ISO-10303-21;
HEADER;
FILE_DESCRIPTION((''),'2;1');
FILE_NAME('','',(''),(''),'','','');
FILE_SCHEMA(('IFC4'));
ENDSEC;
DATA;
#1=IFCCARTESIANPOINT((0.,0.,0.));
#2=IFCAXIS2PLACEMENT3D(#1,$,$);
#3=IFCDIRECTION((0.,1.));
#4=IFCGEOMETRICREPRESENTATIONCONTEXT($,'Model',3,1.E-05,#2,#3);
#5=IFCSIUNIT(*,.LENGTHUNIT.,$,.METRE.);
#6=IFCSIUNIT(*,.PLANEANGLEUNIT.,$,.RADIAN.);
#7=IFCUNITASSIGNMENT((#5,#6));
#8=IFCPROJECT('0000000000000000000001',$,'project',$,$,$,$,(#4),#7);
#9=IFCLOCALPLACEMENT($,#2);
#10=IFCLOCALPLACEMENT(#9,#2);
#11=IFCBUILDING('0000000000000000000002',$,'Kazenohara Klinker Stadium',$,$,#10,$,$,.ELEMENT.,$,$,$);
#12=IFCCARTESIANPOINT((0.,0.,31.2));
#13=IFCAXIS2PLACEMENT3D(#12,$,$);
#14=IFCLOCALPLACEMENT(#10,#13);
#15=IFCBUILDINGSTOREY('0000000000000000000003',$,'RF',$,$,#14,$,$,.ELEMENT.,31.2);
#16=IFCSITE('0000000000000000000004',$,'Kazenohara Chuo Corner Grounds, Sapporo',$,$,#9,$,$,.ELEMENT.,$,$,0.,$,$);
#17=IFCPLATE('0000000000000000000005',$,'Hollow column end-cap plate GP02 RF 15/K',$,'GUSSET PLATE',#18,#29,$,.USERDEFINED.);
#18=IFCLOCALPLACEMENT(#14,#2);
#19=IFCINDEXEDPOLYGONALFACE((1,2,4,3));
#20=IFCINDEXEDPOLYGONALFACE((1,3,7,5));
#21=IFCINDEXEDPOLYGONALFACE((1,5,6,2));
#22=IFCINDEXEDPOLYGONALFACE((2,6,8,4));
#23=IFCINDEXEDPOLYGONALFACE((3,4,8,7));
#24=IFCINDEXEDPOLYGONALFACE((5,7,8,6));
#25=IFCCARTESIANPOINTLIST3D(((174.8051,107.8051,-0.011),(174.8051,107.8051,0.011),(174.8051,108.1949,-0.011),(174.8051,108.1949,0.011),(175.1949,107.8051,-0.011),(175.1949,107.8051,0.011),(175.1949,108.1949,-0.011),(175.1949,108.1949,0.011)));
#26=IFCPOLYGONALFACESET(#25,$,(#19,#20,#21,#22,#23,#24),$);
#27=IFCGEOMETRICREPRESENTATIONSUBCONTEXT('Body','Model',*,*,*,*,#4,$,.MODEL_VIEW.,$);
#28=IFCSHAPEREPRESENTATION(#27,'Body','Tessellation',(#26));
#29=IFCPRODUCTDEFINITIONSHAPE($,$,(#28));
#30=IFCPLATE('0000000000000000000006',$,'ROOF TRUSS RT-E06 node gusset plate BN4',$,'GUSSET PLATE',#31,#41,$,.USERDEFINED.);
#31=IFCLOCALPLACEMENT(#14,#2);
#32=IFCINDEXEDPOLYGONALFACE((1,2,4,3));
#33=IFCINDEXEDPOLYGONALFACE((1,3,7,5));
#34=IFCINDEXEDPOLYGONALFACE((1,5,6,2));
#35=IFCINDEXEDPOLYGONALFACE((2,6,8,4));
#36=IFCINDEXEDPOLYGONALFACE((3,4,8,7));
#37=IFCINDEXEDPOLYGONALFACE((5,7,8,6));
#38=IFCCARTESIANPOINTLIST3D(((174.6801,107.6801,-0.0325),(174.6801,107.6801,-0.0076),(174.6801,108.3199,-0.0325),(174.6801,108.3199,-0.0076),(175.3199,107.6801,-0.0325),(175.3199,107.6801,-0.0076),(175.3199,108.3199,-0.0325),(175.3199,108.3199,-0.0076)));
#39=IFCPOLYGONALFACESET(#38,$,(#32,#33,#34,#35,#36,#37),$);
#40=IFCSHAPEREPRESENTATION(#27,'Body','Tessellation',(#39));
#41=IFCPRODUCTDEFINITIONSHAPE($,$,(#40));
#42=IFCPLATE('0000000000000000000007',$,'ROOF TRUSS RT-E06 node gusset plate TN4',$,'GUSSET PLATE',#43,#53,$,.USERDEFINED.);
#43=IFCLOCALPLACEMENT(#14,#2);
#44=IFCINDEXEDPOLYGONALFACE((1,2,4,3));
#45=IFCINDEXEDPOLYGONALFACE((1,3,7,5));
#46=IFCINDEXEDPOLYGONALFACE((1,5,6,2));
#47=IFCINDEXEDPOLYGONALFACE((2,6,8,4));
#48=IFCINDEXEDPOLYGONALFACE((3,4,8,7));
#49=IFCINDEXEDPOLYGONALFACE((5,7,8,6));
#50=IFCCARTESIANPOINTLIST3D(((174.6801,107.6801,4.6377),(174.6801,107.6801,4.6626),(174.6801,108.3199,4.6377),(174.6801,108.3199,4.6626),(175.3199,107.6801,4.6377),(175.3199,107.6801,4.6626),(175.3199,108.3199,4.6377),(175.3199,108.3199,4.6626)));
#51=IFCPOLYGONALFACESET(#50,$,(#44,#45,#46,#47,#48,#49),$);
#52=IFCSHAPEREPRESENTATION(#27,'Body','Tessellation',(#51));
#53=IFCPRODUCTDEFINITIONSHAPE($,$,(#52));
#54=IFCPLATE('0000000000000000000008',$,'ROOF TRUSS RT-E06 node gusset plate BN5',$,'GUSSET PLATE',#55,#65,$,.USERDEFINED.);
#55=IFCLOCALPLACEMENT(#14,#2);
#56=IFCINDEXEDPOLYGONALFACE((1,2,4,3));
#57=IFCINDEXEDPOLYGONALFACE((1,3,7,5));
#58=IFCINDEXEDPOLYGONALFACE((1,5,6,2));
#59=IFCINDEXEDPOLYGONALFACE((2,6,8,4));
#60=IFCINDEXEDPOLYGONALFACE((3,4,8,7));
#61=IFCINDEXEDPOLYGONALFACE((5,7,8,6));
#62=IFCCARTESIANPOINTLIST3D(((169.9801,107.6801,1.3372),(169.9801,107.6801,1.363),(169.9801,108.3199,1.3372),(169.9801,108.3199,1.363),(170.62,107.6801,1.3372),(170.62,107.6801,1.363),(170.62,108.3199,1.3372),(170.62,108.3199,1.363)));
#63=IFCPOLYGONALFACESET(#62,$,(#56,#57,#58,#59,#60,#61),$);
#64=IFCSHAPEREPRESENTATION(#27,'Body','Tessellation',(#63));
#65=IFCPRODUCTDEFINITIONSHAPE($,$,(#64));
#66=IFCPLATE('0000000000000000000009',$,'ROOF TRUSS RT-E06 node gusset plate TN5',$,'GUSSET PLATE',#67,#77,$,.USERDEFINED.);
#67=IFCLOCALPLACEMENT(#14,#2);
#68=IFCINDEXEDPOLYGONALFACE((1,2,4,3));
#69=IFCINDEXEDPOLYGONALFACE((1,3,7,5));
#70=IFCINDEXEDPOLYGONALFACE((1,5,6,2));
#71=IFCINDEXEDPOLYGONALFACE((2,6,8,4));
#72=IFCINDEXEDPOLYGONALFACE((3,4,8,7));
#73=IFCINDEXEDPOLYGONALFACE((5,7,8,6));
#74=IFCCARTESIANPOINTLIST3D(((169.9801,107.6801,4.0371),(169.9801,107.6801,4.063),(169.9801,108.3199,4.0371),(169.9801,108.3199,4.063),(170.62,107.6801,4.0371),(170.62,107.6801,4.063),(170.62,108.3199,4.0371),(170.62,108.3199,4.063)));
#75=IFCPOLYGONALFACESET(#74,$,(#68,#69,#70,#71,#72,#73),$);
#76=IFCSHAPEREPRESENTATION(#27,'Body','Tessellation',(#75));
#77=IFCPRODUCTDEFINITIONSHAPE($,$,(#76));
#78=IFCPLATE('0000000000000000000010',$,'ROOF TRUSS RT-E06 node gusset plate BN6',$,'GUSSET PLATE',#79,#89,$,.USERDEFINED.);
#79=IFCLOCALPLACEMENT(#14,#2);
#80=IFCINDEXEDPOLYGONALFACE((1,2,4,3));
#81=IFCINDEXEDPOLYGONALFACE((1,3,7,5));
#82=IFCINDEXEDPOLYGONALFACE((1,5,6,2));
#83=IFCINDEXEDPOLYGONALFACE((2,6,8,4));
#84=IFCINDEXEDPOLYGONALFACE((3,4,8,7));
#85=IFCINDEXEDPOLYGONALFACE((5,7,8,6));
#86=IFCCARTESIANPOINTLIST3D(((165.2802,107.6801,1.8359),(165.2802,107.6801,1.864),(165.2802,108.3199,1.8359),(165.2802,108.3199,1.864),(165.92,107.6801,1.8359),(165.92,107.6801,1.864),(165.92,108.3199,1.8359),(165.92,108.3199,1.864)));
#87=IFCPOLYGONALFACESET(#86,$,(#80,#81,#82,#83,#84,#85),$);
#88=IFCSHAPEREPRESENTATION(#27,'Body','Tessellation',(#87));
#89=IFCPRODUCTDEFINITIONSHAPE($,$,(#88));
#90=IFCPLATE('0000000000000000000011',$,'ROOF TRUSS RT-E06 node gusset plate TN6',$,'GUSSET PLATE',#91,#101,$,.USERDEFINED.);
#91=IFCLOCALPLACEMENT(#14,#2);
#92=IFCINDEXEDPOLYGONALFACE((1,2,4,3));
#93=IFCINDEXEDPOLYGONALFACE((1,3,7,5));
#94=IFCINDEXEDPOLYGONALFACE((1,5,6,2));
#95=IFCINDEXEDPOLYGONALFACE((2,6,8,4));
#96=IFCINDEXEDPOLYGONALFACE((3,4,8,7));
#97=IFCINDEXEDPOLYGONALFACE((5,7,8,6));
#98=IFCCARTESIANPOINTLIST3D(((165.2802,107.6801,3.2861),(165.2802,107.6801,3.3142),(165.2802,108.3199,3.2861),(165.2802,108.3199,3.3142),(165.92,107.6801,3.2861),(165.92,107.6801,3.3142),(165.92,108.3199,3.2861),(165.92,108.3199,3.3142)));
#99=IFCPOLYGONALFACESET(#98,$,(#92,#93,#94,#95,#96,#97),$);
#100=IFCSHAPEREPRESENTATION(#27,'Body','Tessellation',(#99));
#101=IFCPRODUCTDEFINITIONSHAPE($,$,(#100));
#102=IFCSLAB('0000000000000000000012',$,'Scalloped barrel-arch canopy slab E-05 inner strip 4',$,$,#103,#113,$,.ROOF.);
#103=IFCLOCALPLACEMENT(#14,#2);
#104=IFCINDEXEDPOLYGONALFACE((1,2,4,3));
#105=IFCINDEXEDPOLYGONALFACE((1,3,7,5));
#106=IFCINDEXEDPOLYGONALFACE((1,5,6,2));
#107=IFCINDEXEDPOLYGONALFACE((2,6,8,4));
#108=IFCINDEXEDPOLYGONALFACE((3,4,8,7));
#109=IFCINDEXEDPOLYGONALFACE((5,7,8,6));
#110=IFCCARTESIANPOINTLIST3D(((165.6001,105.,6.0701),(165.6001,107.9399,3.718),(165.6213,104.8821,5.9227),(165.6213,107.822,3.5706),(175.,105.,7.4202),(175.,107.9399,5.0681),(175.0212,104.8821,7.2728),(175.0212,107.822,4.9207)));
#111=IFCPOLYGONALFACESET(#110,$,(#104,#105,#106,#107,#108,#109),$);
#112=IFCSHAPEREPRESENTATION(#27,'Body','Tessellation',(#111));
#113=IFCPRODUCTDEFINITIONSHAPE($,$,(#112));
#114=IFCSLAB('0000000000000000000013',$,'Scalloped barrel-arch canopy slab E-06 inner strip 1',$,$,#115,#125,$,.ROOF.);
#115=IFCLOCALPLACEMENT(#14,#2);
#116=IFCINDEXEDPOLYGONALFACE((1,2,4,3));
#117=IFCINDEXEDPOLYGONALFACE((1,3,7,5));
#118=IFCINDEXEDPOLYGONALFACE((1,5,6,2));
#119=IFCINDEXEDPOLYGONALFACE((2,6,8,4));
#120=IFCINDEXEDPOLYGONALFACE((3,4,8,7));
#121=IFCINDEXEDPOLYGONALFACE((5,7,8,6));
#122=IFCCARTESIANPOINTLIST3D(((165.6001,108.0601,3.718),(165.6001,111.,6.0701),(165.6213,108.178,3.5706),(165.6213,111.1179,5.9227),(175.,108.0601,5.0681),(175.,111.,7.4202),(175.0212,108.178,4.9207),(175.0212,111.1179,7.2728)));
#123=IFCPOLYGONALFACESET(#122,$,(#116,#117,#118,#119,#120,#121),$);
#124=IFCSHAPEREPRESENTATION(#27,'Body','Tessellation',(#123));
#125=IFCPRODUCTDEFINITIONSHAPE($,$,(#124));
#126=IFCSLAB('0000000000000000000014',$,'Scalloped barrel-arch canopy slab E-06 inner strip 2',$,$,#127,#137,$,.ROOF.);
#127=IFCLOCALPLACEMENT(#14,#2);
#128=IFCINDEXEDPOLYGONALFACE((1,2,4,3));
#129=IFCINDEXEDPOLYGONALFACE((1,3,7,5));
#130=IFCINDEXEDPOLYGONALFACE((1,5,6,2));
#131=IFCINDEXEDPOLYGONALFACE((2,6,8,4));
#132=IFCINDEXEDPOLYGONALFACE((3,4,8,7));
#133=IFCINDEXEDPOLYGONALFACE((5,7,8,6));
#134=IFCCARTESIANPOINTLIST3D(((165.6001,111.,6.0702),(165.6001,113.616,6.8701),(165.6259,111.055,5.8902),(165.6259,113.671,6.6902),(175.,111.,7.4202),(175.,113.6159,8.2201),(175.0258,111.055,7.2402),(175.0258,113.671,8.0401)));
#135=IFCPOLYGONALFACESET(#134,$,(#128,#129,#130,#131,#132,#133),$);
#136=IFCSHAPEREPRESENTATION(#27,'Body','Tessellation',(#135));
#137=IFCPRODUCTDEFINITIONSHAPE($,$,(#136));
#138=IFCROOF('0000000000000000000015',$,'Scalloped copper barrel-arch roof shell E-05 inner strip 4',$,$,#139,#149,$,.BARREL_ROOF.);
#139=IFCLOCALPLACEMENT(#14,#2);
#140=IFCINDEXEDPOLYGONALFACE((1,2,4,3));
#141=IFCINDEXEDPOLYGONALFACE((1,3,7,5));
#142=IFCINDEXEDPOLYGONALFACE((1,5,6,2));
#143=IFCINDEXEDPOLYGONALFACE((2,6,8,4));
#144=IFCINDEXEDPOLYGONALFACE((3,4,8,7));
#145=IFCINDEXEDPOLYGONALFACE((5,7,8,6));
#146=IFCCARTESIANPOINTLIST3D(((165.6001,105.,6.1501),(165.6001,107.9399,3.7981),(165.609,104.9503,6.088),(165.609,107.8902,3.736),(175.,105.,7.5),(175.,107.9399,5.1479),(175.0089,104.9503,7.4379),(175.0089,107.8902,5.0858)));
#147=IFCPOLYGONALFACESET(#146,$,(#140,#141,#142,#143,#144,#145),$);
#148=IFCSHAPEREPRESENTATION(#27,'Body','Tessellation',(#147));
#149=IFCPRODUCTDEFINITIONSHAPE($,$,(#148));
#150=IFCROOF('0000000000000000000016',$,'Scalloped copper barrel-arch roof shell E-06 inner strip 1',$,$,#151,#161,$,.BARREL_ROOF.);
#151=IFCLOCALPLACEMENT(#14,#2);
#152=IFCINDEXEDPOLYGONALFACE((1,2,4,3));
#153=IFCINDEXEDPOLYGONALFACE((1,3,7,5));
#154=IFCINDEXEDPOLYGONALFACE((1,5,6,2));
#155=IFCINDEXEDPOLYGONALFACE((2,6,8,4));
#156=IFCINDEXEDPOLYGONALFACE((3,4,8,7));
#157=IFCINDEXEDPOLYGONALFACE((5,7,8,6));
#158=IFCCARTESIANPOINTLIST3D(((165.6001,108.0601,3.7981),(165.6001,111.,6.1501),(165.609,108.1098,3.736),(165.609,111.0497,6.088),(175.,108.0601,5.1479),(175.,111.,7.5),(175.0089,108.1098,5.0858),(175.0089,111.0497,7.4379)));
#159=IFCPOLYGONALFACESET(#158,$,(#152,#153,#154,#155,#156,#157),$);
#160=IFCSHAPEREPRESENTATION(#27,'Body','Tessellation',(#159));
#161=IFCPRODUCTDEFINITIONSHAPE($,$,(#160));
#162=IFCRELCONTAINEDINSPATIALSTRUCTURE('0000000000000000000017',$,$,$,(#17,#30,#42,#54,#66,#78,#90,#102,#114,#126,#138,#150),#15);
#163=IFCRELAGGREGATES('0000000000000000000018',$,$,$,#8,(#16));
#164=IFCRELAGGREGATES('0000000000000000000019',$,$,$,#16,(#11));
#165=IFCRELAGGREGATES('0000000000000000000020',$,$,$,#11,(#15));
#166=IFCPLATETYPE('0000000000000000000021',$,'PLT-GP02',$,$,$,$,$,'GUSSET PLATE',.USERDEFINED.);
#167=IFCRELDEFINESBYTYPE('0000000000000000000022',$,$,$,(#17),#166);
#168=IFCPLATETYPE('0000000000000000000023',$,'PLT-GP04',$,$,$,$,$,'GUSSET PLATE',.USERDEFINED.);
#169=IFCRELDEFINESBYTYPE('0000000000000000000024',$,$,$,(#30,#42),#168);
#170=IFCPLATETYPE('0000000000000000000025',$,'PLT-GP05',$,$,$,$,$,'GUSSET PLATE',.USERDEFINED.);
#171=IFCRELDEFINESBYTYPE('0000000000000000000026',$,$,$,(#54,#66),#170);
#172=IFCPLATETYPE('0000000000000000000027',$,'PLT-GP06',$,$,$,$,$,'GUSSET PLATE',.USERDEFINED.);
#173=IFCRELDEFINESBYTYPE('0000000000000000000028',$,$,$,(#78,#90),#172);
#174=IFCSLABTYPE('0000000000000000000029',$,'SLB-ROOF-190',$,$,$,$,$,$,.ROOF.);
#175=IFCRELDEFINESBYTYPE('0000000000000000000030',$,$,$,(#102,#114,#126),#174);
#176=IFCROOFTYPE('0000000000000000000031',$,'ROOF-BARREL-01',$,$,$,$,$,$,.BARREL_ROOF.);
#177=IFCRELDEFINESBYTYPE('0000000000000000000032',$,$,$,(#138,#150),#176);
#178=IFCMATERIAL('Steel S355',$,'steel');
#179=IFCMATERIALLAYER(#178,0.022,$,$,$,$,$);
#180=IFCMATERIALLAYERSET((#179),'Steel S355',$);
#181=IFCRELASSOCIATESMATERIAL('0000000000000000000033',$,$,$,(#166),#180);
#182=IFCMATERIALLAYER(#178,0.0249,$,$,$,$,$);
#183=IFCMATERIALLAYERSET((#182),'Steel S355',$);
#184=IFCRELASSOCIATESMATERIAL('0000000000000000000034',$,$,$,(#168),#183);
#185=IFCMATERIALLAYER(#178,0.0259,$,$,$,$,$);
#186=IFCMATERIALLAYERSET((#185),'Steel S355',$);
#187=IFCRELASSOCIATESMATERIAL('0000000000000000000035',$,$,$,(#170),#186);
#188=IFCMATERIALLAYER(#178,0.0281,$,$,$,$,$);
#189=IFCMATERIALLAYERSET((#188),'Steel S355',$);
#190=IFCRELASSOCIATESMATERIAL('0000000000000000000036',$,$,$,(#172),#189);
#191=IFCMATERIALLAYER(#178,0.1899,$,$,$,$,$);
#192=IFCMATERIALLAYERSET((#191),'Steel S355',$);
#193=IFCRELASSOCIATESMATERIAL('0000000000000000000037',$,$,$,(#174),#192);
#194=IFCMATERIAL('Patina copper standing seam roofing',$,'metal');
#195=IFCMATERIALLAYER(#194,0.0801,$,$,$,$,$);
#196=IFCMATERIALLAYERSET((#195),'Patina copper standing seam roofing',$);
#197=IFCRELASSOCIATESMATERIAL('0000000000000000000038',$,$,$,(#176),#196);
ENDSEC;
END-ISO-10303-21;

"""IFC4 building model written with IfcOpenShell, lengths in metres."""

from ifc_helpers import new_model, si_unit, direction, frame, origin, origin_2d, place, context, subcontext, project, spatial, polyline, rectangle, outline, extrude, material, layer, layer_set, type_object, element, save


model = new_model("IFC4")

# Units and contexts
model_context = context("Model", 3, precision=1e-05, world=origin(), true_north=direction((0.0, 1.0)))
body_context = subcontext(model_context, "Body", "Model", "MODEL_VIEW")
ifc_project = project(units=[si_unit("LENGTHUNIT", "METRE"), si_unit("PLANEANGLEUNIT", "RADIAN")], contexts=[model_context])

# Site, building, storey
site_placement = place(None, origin())
site = spatial("IfcSite", under=ifc_project, at=site_placement, Name="Kazenohara Chuo Corner Grounds, Sapporo", CompositionType="ELEMENT", RefElevation=0.0)
building_placement = place(site_placement, origin())
building = spatial("IfcBuilding", under=site, at=building_placement, Name="Kazenohara Klinker Stadium", CompositionType="ELEMENT")
storey_placement = place(building_placement, frame((0.0, 0.0, 31.2)))
storey = spatial("IfcBuildingStorey", under=building, at=storey_placement, Name="RF", CompositionType="ELEMENT", Elevation=31.2)

# Shared definitions
ifc_material_1 = material(Name="Steel S355", Category="steel")

# Plates
ifc_layer_1 = layer(ifc_material_1, 0.022)
ifc_layer_set_1 = layer_set([ifc_layer_1], Name="Steel S355")
plate_type_1 = type_object("IfcPlateType", Name="PLT-GP02", ElementType="GUSSET PLATE", PredefinedType="USERDEFINED", material=ifc_layer_set_1)
plate_placement = place(storey_placement, frame((175.0, 108.0, -0.011), z_axis=(0.0, 0.0, 1.0), x_axis=(1.0, 0.0, 0.0)))
element("IfcPlate", 1, at=plate_placement, inside=storey, type_object=plate_type_1, Name="Hollow column end-cap plate GP02 RF 15/K", ObjectType="GUSSET PLATE", PredefinedType="USERDEFINED", context=body_context, shape_type="SweptSolid", body=[
    extrude(rectangle(XDim=0.3899, YDim=0.3899, at=origin_2d()), origin(), (0.0, 0.0, 1.0), 0.022),
])
ifc_layer_2 = layer(ifc_material_1, 0.0249)
ifc_layer_set_2 = layer_set([ifc_layer_2], Name="Steel S355")
plate_type_2 = type_object("IfcPlateType", Name="PLT-GP04", ElementType="GUSSET PLATE", PredefinedType="USERDEFINED", material=ifc_layer_set_2)
for number, where, z_axis, x_axis, name in (
    (2, (175.0, 108.0, -0.0325), (0.0, 0.0, 1.0), (1.0, 0.0, 0.0), "ROOF TRUSS RT-E06 node gusset plate BN4"),
    (3, (175.0, 108.0, 4.6377), (0.0, 0.0, 1.0), (1.0, 0.0, 0.0), "ROOF TRUSS RT-E06 node gusset plate TN4"),
):
    element("IfcPlate", number, at=place(storey_placement, frame(where, z_axis=z_axis, x_axis=x_axis)), inside=storey, type_object=plate_type_2, Name=name, ObjectType="GUSSET PLATE", PredefinedType="USERDEFINED", context=body_context, shape_type="SweptSolid", body=[
        extrude(rectangle(XDim=0.6399, YDim=0.6399, at=origin_2d()), origin(), (0.0, 0.0, 1.0), 0.0249),
    ])
ifc_layer_3 = layer(ifc_material_1, 0.0259)
ifc_layer_set_3 = layer_set([ifc_layer_3], Name="Steel S355")
plate_type_3 = type_object("IfcPlateType", Name="PLT-GP05", ElementType="GUSSET PLATE", PredefinedType="USERDEFINED", material=ifc_layer_set_3)
for number, where, z_axis, x_axis, name in (
    (4, (170.3, 108.0, 1.3372), (0.0, 0.0, 1.0), (1.0, 0.0, 0.0), "ROOF TRUSS RT-E06 node gusset plate BN5"),
    (5, (170.3, 108.0, 4.0371), (0.0, 0.0, 1.0), (1.0, 0.0, 0.0), "ROOF TRUSS RT-E06 node gusset plate TN5"),
):
    element("IfcPlate", number, at=place(storey_placement, frame(where, z_axis=z_axis, x_axis=x_axis)), inside=storey, type_object=plate_type_3, Name=name, ObjectType="GUSSET PLATE", PredefinedType="USERDEFINED", context=body_context, shape_type="SweptSolid", body=[
        extrude(rectangle(XDim=0.6399, YDim=0.6399, at=origin_2d()), origin(), (0.0, 0.0, 1.0), 0.0259),
    ])
ifc_layer_4 = layer(ifc_material_1, 0.0281)
ifc_layer_set_4 = layer_set([ifc_layer_4], Name="Steel S355")
plate_type_4 = type_object("IfcPlateType", Name="PLT-GP06", ElementType="GUSSET PLATE", PredefinedType="USERDEFINED", material=ifc_layer_set_4)
for number, where, z_axis, x_axis, name in (
    (6, (165.6001, 108.0, 1.8359), (0.0, 0.0, 1.0), (1.0, 0.0, 0.0), "ROOF TRUSS RT-E06 node gusset plate BN6"),
    (7, (165.6001, 108.0, 3.2861), (0.0, 0.0, 1.0), (1.0, 0.0, 0.0), "ROOF TRUSS RT-E06 node gusset plate TN6"),
):
    element("IfcPlate", number, at=place(storey_placement, frame(where, z_axis=z_axis, x_axis=x_axis)), inside=storey, type_object=plate_type_4, Name=name, ObjectType="GUSSET PLATE", PredefinedType="USERDEFINED", context=body_context, shape_type="SweptSolid", body=[
        extrude(rectangle(XDim=0.6399, YDim=0.6399, at=origin_2d()), origin(), (0.0, 0.0, 1.0), 0.0281),
    ])

# Slabs
ifc_layer_5 = layer(ifc_material_1, 0.1899)
ifc_layer_set_5 = layer_set([ifc_layer_5], Name="Steel S355")
slab_type = type_object("IfcSlabType", Name="SLB-ROOF-190", PredefinedType="ROOF", material=ifc_layer_set_5)
slab_1_placement = place(storey_placement, frame((175.0, 105.0, 7.4202), z_axis=(-0.111455, 0.620819, 0.775991), x_axis=(-0.989842, 0.0, -0.14217)))
element("IfcSlab", 8, at=slab_1_placement, inside=storey, type_object=slab_type, Name="Scalloped barrel-arch canopy slab E-05 inner strip 4", PredefinedType="ROOF", context=body_context, shape_type="SweptSolid", body=[
    extrude(outline(polyline([(0.0, 0.0), (9.4964, 0.0), (9.8308, -3.7501), (0.3344, -3.7501), (0.0, 0.0)])), origin(), (0.0, 0.0, -1.0), 0.1899),
])
slab_2_placement = place(storey_placement, frame((175.0, 108.0601, 5.0681), z_axis=(-0.111455, -0.620819, 0.775991), x_axis=(-0.989842, 0.0, -0.14217)))
element("IfcSlab", 9, at=slab_2_placement, inside=storey, type_object=slab_type, Name="Scalloped barrel-arch canopy slab E-06 inner strip 1", PredefinedType="ROOF", context=body_context, shape_type="SweptSolid", body=[
    extrude(outline(polyline([(0.0, 0.0), (9.4964, 0.0), (9.162, -3.7501), (-0.3344, -3.7501), (0.0, 0.0)])), origin(), (0.0, 0.0, -1.0), 0.1899),
])
slab_3_placement = place(storey_placement, frame((175.0, 111.0, 7.4202), z_axis=(-0.136061, -0.289701, 0.947397), x_axis=(-0.989844, -0.000004, -0.142158)))
element("IfcSlab", 10, at=slab_3_placement, inside=storey, type_object=slab_type, Name="Scalloped barrel-arch canopy slab E-06 inner strip 2", PredefinedType="ROOF", context=body_context, shape_type="SweptSolid", body=[
    extrude(outline(polyline([(0.0, 0.0), (9.4964, 0.0), (9.3826, -2.7332), (-0.1137, -2.7331), (0.0, 0.0)])), origin(), (0.0, 0.0, -1.0), 0.1899),
])

# Roofs
ifc_material_2 = material(Name="Patina copper standing seam roofing", Category="metal")
ifc_layer_6 = layer(ifc_material_2, 0.0801)
ifc_layer_set_6 = layer_set([ifc_layer_6], Name="Patina copper standing seam roofing")
roof_type = type_object("IfcRoofType", Name="ROOF-BARREL-01", PredefinedType="BARREL_ROOF", material=ifc_layer_set_6)
roof_1_placement = place(storey_placement, frame((175.0, 105.0, 7.5), z_axis=(-0.111435, 0.62082, 0.775993), x_axis=(-0.989846, 0.0, -0.142145)))
element("IfcRoof", 11, at=roof_1_placement, inside=storey, type_object=roof_type, Name="Scalloped copper barrel-arch roof shell E-05 inner strip 4", PredefinedType="BARREL_ROOF", context=body_context, shape_type="SweptSolid", body=[
    extrude(outline(polyline([(0.0, 0.0), (9.4963, 0.0), (9.8307, -3.7501), (0.3343, -3.7501), (0.0, 0.0)])), origin(), (0.0, 0.0, -1.0), 0.0801),
])
roof_2_placement = place(storey_placement, frame((175.0, 108.0601, 5.1479), z_axis=(-0.111435, -0.62082, 0.775993), x_axis=(-0.989846, 0.0, -0.142145)))
element("IfcRoof", 12, at=roof_2_placement, inside=storey, type_object=roof_type, Name="Scalloped copper barrel-arch roof shell E-06 inner strip 1", PredefinedType="BARREL_ROOF", context=body_context, shape_type="SweptSolid", body=[
    extrude(outline(polyline([(0.0, 0.0), (9.4963, 0.0), (9.162, -3.7501), (-0.3343, -3.7501), (0.0, 0.0)])), origin(), (0.0, 0.0, -1.0), 0.0801),
])

save(model, "model.ifc")
